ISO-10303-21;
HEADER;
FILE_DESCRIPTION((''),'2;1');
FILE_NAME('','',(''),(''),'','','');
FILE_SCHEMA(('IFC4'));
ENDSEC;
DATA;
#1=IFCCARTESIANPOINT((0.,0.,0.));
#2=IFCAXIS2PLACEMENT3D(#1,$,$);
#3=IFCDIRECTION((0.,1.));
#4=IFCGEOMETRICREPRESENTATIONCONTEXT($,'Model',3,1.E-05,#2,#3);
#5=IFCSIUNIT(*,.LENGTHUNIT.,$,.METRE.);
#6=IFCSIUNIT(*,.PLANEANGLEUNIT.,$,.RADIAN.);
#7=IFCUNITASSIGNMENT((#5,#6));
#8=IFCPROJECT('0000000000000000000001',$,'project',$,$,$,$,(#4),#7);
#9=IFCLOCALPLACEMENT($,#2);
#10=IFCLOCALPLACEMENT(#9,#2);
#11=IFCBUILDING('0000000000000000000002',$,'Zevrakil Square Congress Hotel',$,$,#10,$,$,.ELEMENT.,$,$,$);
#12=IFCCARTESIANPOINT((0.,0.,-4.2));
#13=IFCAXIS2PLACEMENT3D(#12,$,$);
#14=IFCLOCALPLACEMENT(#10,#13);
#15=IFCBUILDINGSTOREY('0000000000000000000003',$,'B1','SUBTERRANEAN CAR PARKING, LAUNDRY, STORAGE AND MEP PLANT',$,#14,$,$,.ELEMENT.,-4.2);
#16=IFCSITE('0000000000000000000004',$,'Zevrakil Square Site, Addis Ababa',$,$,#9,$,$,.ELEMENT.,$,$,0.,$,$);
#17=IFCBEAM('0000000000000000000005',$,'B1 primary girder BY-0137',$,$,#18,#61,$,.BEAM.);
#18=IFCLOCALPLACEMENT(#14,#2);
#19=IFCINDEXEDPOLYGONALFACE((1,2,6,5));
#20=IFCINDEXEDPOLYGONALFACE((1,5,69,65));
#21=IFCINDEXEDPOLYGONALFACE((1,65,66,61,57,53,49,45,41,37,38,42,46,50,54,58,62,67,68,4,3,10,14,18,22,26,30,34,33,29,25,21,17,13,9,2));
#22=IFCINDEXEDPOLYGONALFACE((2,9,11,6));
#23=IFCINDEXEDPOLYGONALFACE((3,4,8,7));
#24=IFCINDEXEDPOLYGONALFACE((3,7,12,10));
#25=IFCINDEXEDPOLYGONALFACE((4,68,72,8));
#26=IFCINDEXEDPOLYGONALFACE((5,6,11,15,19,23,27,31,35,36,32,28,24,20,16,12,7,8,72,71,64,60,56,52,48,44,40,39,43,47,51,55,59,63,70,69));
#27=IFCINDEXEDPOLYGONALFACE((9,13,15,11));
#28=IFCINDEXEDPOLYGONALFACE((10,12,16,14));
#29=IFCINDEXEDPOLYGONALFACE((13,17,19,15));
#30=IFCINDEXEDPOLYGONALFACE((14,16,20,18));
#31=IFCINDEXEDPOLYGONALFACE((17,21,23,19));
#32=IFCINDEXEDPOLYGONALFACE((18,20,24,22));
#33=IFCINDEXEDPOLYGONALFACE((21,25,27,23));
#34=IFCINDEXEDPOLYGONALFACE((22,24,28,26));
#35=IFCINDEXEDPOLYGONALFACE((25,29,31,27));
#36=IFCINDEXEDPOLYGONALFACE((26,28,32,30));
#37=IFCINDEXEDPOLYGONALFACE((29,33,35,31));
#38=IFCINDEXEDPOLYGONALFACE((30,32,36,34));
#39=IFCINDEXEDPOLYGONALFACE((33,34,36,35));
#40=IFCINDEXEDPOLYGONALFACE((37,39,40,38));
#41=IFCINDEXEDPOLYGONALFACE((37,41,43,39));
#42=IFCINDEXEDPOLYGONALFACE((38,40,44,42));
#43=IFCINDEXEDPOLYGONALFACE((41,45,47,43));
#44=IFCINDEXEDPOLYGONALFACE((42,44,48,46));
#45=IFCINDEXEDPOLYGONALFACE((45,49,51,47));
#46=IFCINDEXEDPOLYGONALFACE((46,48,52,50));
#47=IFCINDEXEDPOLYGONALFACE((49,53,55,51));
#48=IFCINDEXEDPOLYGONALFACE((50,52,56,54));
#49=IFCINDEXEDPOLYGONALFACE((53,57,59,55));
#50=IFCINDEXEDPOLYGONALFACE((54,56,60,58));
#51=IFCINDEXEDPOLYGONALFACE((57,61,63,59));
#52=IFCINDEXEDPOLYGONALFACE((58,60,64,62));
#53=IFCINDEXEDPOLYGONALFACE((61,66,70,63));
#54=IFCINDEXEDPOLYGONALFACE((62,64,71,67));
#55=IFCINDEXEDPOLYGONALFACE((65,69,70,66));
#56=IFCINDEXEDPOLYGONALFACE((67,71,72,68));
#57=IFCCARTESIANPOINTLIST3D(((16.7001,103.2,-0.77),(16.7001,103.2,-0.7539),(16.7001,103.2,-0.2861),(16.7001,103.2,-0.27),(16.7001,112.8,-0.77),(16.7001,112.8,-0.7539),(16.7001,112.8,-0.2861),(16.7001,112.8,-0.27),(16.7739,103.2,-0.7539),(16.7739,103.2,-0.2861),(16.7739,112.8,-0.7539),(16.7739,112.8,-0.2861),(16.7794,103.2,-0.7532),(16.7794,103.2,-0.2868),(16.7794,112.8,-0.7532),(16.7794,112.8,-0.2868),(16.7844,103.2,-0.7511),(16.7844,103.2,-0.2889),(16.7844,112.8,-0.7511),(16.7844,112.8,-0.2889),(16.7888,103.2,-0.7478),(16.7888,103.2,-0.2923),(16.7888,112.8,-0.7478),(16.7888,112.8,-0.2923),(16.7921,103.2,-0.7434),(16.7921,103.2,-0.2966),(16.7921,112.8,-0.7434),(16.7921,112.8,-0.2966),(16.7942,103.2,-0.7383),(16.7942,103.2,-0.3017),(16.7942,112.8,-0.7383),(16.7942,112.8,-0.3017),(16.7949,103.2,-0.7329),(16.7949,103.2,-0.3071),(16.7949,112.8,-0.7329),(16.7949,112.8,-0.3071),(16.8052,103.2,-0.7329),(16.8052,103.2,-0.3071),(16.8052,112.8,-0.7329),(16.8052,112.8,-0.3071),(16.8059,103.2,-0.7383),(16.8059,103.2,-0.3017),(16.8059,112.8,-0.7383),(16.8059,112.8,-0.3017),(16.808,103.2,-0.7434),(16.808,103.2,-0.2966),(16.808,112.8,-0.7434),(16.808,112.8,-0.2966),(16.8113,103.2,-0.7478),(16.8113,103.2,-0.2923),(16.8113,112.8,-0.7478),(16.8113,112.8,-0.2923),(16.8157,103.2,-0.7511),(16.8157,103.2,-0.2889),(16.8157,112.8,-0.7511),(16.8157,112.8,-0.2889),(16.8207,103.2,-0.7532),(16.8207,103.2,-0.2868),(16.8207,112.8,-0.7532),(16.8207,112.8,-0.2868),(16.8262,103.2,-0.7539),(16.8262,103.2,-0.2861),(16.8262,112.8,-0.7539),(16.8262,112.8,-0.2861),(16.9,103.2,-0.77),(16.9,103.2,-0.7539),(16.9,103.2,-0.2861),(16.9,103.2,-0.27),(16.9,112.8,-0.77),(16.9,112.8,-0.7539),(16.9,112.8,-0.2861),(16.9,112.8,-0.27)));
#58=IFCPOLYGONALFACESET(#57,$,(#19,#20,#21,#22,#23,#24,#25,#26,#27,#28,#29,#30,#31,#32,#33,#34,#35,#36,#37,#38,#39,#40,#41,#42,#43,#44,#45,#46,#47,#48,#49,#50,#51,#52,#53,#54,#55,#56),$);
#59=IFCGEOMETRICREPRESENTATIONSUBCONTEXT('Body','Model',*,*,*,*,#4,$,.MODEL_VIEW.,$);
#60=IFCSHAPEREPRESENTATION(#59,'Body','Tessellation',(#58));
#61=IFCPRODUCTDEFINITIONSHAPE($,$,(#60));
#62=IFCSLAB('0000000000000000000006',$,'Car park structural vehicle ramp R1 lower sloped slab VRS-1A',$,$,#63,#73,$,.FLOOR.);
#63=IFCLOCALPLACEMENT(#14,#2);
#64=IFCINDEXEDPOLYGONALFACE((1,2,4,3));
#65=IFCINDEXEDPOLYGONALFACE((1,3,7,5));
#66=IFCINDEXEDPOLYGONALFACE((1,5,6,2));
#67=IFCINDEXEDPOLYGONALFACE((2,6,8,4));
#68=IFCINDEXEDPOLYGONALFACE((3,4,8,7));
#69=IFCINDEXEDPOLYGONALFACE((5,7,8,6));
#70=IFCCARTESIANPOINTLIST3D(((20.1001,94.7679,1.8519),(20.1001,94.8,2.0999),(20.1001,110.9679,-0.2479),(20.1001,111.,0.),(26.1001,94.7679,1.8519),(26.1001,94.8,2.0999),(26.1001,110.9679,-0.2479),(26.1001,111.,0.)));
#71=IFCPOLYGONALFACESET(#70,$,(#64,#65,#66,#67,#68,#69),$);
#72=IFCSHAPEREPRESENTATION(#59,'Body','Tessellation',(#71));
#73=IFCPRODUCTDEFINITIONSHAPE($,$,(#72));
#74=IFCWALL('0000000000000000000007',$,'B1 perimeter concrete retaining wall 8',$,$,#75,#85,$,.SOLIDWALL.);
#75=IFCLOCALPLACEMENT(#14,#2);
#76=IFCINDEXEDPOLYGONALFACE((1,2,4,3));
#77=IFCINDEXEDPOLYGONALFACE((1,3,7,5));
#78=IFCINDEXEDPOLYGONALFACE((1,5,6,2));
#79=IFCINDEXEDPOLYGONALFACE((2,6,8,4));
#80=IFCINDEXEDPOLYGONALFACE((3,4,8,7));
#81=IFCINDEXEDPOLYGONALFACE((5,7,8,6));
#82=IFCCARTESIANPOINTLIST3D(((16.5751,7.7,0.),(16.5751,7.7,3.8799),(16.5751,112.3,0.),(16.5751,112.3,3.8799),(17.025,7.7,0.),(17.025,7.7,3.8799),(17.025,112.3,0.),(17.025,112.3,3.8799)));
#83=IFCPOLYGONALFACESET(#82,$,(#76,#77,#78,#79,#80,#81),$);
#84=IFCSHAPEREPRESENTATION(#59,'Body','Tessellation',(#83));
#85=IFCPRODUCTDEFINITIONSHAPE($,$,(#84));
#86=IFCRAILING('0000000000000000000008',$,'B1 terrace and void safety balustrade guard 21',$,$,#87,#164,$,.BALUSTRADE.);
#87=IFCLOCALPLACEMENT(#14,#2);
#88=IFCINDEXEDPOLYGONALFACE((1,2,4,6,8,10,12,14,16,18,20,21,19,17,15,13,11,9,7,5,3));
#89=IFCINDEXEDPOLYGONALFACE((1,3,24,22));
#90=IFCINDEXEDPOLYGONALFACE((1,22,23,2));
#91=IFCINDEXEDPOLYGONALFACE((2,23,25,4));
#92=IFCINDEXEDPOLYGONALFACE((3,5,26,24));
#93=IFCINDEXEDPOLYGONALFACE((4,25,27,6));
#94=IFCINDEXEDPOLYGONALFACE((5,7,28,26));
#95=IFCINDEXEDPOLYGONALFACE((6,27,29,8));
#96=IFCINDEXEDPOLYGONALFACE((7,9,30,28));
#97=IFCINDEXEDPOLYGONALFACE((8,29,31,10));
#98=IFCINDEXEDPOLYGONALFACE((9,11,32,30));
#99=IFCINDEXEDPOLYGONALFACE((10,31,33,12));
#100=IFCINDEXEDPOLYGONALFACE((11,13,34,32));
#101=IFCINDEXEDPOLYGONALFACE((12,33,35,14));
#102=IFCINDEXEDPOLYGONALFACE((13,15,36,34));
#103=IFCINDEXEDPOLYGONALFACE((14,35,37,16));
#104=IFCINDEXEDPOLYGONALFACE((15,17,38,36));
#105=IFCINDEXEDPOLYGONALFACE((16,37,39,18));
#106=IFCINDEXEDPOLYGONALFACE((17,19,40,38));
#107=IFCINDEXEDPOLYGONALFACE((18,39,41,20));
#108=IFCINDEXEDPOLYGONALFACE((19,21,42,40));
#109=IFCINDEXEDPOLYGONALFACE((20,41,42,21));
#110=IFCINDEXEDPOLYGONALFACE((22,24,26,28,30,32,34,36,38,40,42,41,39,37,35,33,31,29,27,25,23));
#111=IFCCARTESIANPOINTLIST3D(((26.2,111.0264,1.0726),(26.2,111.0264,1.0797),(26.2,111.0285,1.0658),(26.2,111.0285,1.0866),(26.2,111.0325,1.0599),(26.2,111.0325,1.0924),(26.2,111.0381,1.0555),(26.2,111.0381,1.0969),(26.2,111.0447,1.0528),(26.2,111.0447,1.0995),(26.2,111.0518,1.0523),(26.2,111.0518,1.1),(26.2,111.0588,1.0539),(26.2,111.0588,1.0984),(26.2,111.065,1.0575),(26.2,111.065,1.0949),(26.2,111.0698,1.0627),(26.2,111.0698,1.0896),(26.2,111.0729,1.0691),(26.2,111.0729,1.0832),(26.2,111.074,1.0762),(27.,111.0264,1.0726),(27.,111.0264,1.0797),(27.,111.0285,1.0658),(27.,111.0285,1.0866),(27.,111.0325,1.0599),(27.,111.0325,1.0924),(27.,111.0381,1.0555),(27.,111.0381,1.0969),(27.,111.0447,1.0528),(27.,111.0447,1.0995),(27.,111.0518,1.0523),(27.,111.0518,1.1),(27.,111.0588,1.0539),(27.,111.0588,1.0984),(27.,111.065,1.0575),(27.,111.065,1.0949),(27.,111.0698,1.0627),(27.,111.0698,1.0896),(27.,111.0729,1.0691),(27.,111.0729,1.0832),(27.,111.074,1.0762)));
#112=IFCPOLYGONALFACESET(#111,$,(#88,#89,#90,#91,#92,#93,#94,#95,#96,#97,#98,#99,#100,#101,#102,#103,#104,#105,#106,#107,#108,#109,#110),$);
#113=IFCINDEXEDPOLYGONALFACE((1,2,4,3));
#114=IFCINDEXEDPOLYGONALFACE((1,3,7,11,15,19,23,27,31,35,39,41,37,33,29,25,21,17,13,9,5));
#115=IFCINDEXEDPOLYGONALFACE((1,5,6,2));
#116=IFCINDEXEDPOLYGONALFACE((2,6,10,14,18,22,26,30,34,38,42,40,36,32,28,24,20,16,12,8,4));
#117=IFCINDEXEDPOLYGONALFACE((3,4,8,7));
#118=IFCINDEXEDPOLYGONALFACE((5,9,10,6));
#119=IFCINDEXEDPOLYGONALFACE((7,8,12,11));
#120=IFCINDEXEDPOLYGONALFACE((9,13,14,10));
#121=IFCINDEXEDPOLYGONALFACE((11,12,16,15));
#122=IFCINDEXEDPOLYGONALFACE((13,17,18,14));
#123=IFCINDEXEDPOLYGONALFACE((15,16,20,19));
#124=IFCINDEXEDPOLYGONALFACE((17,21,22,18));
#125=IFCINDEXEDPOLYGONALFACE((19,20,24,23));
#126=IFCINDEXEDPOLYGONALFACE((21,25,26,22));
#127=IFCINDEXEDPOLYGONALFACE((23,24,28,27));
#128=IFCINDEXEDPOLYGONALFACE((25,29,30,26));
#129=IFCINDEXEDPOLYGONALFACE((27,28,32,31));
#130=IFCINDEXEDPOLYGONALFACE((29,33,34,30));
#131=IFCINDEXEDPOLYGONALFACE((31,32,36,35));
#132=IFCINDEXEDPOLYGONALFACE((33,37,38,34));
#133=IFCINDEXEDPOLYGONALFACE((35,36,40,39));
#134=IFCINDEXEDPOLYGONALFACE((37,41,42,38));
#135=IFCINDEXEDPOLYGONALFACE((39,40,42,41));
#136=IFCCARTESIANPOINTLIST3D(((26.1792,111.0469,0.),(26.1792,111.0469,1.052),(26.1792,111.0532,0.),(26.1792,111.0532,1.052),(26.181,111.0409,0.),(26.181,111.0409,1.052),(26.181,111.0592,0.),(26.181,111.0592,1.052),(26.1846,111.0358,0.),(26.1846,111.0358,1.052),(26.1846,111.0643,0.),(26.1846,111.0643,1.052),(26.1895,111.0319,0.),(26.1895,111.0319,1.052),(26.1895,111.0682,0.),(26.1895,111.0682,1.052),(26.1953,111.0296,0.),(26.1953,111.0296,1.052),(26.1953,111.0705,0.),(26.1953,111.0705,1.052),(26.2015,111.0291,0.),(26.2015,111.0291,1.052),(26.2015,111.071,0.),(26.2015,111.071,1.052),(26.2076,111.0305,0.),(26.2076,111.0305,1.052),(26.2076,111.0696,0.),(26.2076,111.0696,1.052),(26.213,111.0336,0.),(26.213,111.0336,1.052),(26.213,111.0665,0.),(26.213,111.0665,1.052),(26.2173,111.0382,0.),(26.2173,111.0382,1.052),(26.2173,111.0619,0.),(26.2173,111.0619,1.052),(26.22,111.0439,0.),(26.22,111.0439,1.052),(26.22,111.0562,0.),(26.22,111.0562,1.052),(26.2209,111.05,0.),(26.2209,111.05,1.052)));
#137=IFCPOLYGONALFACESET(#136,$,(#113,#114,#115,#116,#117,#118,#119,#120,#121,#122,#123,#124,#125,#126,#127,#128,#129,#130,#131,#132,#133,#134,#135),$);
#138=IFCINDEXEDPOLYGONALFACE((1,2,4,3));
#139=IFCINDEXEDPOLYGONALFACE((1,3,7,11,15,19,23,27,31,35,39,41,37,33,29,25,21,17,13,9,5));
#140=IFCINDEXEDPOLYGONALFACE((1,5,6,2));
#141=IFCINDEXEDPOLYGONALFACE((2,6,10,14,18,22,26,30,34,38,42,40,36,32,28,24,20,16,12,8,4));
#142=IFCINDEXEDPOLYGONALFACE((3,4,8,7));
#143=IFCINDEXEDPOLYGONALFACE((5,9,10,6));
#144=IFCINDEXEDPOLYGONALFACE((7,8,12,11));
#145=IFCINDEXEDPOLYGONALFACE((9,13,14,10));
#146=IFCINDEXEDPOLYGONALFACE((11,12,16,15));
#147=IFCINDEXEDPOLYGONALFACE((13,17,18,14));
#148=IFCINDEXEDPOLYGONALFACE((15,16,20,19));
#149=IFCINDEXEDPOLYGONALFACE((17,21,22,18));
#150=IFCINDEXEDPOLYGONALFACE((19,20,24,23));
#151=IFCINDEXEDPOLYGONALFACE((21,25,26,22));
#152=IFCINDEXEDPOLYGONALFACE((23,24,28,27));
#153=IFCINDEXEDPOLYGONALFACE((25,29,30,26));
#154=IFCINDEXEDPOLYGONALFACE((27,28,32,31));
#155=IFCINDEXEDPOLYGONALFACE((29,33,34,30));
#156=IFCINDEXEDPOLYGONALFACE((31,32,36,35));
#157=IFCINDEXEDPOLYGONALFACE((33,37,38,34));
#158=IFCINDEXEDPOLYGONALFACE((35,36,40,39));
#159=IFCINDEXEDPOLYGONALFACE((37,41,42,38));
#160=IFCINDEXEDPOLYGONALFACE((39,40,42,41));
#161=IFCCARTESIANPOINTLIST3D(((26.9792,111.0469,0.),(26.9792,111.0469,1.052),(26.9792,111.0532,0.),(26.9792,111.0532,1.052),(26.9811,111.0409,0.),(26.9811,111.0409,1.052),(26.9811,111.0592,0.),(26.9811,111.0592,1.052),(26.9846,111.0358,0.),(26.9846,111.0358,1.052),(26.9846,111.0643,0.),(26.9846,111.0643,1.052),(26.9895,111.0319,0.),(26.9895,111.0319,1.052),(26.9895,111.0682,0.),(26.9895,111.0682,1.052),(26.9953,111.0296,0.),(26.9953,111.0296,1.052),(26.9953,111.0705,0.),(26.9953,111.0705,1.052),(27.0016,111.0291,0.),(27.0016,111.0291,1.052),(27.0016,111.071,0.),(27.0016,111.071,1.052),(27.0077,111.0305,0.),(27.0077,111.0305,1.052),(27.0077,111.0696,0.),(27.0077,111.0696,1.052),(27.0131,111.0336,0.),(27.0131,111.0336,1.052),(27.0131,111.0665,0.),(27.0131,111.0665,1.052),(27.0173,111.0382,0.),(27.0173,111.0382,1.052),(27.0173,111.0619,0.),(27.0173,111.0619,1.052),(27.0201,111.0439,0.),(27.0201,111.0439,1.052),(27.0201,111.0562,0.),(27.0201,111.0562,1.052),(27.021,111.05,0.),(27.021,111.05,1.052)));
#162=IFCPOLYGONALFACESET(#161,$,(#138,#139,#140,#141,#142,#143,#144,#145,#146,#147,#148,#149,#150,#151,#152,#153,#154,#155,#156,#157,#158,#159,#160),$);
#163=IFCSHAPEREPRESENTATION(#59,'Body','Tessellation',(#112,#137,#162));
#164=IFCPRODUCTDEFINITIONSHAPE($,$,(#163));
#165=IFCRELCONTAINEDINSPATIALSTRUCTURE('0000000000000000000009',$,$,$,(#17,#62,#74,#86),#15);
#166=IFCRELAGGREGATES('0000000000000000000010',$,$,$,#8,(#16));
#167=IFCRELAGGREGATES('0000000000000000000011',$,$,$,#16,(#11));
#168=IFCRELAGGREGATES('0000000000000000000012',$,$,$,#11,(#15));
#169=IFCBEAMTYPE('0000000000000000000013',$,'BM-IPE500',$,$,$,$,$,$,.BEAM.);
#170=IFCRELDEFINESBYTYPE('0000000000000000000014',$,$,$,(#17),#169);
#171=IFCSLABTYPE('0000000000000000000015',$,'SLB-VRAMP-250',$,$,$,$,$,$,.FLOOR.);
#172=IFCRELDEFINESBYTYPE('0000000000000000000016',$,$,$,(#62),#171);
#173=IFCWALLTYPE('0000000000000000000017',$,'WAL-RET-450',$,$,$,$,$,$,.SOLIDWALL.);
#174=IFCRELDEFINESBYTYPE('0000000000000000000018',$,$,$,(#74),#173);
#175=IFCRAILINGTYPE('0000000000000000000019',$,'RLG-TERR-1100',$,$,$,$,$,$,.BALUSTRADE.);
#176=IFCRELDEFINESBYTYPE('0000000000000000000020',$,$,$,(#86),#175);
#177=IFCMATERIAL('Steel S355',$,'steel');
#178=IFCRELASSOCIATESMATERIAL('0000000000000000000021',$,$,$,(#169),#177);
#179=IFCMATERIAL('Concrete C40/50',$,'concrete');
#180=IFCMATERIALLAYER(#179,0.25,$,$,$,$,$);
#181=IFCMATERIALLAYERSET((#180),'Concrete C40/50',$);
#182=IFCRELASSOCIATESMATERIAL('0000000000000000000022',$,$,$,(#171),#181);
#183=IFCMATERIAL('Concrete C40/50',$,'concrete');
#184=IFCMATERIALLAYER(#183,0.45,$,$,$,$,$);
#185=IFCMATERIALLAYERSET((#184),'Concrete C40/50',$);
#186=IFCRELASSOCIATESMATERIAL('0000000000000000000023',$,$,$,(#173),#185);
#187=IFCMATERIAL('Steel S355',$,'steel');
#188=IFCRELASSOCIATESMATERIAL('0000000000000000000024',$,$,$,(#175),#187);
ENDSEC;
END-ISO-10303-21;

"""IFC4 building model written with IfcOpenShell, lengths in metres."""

from ifc_helpers import new_model, si_unit, direction, frame, frame_2d, origin, origin_2d, place, context, subcontext, project, spatial, polyline, rectangle, circle, i_section, outline, extrude, material, layer, layer_set, material_profile, profile_set, type_object, element, save


model = new_model("IFC4")

# Units and contexts
model_context = context("Model", 3, precision=1e-05, world=origin(), true_north=direction((0.0, 1.0)))
body_context = subcontext(model_context, "Body", "Model", "MODEL_VIEW")
ifc_project = project(units=[si_unit("LENGTHUNIT", "METRE"), si_unit("PLANEANGLEUNIT", "RADIAN")], contexts=[model_context])

# Site, building, storey
site_placement = place(None, origin())
site = spatial("IfcSite", under=ifc_project, at=site_placement, Name="Zevrakil Square Site, Addis Ababa", CompositionType="ELEMENT", RefElevation=0.0)
building_placement = place(site_placement, origin())
building = spatial("IfcBuilding", under=site, at=building_placement, Name="Zevrakil Square Congress Hotel", CompositionType="ELEMENT")
storey_placement = place(building_placement, frame((0.0, 0.0, -4.2)))
storey = spatial("IfcBuildingStorey", under=building, at=storey_placement, Name="B1", Description="SUBTERRANEAN CAR PARKING, LAUNDRY, STORAGE AND MEP PLANT", CompositionType="ELEMENT", Elevation=-4.2)

# Beam
ifc_material_1 = material(Name="Steel S355", Category="steel")
ifc_material_profile_1 = material_profile(ifc_material_1, i_section(OverallWidth=0.2, OverallDepth=0.5, WebThickness=0.0103, FlangeThickness=0.0161, FilletRadius=0.021, at=origin_2d()), Name="IPE 500")
ifc_profile_set_1 = profile_set([ifc_material_profile_1], Name="Steel S355")
beam_type_1 = type_object("IfcBeamType", Name="BM-IPE500", PredefinedType="BEAM", material=ifc_profile_set_1)
beam_1_placement = place(storey_placement, frame((16.8, 103.2, -0.52), z_axis=(0.0, 1.0, 0.0), x_axis=(-1.0, 0.0, 0.0)))
element("IfcBeam", 1, at=beam_1_placement, inside=storey, type_object=beam_type_1, Name="B1 primary girder BY-0137", PredefinedType="BEAM", context=body_context, shape_type="SweptSolid", body=[
    extrude(i_section(OverallWidth=0.2, OverallDepth=0.5, WebThickness=0.0103, FlangeThickness=0.0161, FilletRadius=0.021, at=origin_2d()), origin(), (0.0, 0.0, 1.0), 9.6001),
])

# Slab
ifc_material_2 = material(Name="Concrete C40/50", Category="concrete")
ifc_layer_1 = layer(ifc_material_2, 0.25)
ifc_layer_set_1 = layer_set([ifc_layer_1], Name="Concrete C40/50")
slab_type = type_object("IfcSlabType", Name="SLB-VRAMP-250", PredefinedType="FLOOR", material=ifc_layer_set_1)
slab_placement = place(storey_placement, frame((20.1001, 111.0, 0.0), z_axis=(0.0, 0.128546, 0.991704), x_axis=(1.0, 0.0, 0.0)))
element("IfcSlab", 2, at=slab_placement, inside=storey, type_object=slab_type, Name="Car park structural vehicle ramp R1 lower sloped slab VRS-1A", PredefinedType="FLOOR", context=body_context, shape_type="SweptSolid", body=[
    extrude(outline(polyline([(0.0, 0.0), (6.0, 0.0), (6.0, -16.3355), (0.0, -16.3355), (0.0, 0.0)])), origin(), (0.0, 0.0, -1.0), 0.25),
])

# Wall
ifc_material_3 = material(Name="Concrete C40/50", Category="concrete")
ifc_layer_2 = layer(ifc_material_3, 0.45)
ifc_layer_set_2 = layer_set([ifc_layer_2], Name="Concrete C40/50")
wall_type = type_object("IfcWallType", Name="WAL-RET-450", PredefinedType="SOLIDWALL", material=ifc_layer_set_2)
wall_placement = place(storey_placement, frame((16.8, 112.3, 0.0), z_axis=(0.0, 0.0, 1.0), x_axis=(0.0, -1.0, 0.0)))
element("IfcWall", 3, at=wall_placement, inside=storey, type_object=wall_type, Name="B1 perimeter concrete retaining wall 8", PredefinedType="SOLIDWALL", context=body_context, shape_type="SweptSolid", body=[
    extrude(rectangle(XDim=104.6001, YDim=0.45, at=frame_2d((52.3, 0.0))), origin(), (0.0, 0.0, 1.0), 3.8799),
])

# Railing
ifc_material_4 = material(Name="Steel S355", Category="steel")
railing_type = type_object("IfcRailingType", Name="RLG-TERR-1100", PredefinedType="BALUSTRADE", material=ifc_material_4)
railing_1_placement = place(storey_placement, frame((26.2, 111.05, 0.0)))
element("IfcRailing", 4, at=railing_1_placement, inside=storey, type_object=railing_type, Name="B1 terrace and void safety balustrade guard 21", PredefinedType="BALUSTRADE", context=body_context, shape_type="SweptSolid", body=[
    extrude(circle(Radius=0.0239, at=origin_2d()), frame((0.0, 0.0, 1.0762), z_axis=(1.0, 0.0, 0.0), x_axis=(0.0, 1.0, 0.0)), (0.0, 0.0, 1.0), 0.8),
    extrude(circle(Radius=0.021, at=origin_2d()), origin(), (0.0, 0.0, 1.0), 1.052),
    extrude(circle(Radius=0.021, at=origin_2d()), frame((0.8, 0.0, 0.0)), (0.0, 0.0, 1.0), 1.052),
])

save(model, "model.ifc")
